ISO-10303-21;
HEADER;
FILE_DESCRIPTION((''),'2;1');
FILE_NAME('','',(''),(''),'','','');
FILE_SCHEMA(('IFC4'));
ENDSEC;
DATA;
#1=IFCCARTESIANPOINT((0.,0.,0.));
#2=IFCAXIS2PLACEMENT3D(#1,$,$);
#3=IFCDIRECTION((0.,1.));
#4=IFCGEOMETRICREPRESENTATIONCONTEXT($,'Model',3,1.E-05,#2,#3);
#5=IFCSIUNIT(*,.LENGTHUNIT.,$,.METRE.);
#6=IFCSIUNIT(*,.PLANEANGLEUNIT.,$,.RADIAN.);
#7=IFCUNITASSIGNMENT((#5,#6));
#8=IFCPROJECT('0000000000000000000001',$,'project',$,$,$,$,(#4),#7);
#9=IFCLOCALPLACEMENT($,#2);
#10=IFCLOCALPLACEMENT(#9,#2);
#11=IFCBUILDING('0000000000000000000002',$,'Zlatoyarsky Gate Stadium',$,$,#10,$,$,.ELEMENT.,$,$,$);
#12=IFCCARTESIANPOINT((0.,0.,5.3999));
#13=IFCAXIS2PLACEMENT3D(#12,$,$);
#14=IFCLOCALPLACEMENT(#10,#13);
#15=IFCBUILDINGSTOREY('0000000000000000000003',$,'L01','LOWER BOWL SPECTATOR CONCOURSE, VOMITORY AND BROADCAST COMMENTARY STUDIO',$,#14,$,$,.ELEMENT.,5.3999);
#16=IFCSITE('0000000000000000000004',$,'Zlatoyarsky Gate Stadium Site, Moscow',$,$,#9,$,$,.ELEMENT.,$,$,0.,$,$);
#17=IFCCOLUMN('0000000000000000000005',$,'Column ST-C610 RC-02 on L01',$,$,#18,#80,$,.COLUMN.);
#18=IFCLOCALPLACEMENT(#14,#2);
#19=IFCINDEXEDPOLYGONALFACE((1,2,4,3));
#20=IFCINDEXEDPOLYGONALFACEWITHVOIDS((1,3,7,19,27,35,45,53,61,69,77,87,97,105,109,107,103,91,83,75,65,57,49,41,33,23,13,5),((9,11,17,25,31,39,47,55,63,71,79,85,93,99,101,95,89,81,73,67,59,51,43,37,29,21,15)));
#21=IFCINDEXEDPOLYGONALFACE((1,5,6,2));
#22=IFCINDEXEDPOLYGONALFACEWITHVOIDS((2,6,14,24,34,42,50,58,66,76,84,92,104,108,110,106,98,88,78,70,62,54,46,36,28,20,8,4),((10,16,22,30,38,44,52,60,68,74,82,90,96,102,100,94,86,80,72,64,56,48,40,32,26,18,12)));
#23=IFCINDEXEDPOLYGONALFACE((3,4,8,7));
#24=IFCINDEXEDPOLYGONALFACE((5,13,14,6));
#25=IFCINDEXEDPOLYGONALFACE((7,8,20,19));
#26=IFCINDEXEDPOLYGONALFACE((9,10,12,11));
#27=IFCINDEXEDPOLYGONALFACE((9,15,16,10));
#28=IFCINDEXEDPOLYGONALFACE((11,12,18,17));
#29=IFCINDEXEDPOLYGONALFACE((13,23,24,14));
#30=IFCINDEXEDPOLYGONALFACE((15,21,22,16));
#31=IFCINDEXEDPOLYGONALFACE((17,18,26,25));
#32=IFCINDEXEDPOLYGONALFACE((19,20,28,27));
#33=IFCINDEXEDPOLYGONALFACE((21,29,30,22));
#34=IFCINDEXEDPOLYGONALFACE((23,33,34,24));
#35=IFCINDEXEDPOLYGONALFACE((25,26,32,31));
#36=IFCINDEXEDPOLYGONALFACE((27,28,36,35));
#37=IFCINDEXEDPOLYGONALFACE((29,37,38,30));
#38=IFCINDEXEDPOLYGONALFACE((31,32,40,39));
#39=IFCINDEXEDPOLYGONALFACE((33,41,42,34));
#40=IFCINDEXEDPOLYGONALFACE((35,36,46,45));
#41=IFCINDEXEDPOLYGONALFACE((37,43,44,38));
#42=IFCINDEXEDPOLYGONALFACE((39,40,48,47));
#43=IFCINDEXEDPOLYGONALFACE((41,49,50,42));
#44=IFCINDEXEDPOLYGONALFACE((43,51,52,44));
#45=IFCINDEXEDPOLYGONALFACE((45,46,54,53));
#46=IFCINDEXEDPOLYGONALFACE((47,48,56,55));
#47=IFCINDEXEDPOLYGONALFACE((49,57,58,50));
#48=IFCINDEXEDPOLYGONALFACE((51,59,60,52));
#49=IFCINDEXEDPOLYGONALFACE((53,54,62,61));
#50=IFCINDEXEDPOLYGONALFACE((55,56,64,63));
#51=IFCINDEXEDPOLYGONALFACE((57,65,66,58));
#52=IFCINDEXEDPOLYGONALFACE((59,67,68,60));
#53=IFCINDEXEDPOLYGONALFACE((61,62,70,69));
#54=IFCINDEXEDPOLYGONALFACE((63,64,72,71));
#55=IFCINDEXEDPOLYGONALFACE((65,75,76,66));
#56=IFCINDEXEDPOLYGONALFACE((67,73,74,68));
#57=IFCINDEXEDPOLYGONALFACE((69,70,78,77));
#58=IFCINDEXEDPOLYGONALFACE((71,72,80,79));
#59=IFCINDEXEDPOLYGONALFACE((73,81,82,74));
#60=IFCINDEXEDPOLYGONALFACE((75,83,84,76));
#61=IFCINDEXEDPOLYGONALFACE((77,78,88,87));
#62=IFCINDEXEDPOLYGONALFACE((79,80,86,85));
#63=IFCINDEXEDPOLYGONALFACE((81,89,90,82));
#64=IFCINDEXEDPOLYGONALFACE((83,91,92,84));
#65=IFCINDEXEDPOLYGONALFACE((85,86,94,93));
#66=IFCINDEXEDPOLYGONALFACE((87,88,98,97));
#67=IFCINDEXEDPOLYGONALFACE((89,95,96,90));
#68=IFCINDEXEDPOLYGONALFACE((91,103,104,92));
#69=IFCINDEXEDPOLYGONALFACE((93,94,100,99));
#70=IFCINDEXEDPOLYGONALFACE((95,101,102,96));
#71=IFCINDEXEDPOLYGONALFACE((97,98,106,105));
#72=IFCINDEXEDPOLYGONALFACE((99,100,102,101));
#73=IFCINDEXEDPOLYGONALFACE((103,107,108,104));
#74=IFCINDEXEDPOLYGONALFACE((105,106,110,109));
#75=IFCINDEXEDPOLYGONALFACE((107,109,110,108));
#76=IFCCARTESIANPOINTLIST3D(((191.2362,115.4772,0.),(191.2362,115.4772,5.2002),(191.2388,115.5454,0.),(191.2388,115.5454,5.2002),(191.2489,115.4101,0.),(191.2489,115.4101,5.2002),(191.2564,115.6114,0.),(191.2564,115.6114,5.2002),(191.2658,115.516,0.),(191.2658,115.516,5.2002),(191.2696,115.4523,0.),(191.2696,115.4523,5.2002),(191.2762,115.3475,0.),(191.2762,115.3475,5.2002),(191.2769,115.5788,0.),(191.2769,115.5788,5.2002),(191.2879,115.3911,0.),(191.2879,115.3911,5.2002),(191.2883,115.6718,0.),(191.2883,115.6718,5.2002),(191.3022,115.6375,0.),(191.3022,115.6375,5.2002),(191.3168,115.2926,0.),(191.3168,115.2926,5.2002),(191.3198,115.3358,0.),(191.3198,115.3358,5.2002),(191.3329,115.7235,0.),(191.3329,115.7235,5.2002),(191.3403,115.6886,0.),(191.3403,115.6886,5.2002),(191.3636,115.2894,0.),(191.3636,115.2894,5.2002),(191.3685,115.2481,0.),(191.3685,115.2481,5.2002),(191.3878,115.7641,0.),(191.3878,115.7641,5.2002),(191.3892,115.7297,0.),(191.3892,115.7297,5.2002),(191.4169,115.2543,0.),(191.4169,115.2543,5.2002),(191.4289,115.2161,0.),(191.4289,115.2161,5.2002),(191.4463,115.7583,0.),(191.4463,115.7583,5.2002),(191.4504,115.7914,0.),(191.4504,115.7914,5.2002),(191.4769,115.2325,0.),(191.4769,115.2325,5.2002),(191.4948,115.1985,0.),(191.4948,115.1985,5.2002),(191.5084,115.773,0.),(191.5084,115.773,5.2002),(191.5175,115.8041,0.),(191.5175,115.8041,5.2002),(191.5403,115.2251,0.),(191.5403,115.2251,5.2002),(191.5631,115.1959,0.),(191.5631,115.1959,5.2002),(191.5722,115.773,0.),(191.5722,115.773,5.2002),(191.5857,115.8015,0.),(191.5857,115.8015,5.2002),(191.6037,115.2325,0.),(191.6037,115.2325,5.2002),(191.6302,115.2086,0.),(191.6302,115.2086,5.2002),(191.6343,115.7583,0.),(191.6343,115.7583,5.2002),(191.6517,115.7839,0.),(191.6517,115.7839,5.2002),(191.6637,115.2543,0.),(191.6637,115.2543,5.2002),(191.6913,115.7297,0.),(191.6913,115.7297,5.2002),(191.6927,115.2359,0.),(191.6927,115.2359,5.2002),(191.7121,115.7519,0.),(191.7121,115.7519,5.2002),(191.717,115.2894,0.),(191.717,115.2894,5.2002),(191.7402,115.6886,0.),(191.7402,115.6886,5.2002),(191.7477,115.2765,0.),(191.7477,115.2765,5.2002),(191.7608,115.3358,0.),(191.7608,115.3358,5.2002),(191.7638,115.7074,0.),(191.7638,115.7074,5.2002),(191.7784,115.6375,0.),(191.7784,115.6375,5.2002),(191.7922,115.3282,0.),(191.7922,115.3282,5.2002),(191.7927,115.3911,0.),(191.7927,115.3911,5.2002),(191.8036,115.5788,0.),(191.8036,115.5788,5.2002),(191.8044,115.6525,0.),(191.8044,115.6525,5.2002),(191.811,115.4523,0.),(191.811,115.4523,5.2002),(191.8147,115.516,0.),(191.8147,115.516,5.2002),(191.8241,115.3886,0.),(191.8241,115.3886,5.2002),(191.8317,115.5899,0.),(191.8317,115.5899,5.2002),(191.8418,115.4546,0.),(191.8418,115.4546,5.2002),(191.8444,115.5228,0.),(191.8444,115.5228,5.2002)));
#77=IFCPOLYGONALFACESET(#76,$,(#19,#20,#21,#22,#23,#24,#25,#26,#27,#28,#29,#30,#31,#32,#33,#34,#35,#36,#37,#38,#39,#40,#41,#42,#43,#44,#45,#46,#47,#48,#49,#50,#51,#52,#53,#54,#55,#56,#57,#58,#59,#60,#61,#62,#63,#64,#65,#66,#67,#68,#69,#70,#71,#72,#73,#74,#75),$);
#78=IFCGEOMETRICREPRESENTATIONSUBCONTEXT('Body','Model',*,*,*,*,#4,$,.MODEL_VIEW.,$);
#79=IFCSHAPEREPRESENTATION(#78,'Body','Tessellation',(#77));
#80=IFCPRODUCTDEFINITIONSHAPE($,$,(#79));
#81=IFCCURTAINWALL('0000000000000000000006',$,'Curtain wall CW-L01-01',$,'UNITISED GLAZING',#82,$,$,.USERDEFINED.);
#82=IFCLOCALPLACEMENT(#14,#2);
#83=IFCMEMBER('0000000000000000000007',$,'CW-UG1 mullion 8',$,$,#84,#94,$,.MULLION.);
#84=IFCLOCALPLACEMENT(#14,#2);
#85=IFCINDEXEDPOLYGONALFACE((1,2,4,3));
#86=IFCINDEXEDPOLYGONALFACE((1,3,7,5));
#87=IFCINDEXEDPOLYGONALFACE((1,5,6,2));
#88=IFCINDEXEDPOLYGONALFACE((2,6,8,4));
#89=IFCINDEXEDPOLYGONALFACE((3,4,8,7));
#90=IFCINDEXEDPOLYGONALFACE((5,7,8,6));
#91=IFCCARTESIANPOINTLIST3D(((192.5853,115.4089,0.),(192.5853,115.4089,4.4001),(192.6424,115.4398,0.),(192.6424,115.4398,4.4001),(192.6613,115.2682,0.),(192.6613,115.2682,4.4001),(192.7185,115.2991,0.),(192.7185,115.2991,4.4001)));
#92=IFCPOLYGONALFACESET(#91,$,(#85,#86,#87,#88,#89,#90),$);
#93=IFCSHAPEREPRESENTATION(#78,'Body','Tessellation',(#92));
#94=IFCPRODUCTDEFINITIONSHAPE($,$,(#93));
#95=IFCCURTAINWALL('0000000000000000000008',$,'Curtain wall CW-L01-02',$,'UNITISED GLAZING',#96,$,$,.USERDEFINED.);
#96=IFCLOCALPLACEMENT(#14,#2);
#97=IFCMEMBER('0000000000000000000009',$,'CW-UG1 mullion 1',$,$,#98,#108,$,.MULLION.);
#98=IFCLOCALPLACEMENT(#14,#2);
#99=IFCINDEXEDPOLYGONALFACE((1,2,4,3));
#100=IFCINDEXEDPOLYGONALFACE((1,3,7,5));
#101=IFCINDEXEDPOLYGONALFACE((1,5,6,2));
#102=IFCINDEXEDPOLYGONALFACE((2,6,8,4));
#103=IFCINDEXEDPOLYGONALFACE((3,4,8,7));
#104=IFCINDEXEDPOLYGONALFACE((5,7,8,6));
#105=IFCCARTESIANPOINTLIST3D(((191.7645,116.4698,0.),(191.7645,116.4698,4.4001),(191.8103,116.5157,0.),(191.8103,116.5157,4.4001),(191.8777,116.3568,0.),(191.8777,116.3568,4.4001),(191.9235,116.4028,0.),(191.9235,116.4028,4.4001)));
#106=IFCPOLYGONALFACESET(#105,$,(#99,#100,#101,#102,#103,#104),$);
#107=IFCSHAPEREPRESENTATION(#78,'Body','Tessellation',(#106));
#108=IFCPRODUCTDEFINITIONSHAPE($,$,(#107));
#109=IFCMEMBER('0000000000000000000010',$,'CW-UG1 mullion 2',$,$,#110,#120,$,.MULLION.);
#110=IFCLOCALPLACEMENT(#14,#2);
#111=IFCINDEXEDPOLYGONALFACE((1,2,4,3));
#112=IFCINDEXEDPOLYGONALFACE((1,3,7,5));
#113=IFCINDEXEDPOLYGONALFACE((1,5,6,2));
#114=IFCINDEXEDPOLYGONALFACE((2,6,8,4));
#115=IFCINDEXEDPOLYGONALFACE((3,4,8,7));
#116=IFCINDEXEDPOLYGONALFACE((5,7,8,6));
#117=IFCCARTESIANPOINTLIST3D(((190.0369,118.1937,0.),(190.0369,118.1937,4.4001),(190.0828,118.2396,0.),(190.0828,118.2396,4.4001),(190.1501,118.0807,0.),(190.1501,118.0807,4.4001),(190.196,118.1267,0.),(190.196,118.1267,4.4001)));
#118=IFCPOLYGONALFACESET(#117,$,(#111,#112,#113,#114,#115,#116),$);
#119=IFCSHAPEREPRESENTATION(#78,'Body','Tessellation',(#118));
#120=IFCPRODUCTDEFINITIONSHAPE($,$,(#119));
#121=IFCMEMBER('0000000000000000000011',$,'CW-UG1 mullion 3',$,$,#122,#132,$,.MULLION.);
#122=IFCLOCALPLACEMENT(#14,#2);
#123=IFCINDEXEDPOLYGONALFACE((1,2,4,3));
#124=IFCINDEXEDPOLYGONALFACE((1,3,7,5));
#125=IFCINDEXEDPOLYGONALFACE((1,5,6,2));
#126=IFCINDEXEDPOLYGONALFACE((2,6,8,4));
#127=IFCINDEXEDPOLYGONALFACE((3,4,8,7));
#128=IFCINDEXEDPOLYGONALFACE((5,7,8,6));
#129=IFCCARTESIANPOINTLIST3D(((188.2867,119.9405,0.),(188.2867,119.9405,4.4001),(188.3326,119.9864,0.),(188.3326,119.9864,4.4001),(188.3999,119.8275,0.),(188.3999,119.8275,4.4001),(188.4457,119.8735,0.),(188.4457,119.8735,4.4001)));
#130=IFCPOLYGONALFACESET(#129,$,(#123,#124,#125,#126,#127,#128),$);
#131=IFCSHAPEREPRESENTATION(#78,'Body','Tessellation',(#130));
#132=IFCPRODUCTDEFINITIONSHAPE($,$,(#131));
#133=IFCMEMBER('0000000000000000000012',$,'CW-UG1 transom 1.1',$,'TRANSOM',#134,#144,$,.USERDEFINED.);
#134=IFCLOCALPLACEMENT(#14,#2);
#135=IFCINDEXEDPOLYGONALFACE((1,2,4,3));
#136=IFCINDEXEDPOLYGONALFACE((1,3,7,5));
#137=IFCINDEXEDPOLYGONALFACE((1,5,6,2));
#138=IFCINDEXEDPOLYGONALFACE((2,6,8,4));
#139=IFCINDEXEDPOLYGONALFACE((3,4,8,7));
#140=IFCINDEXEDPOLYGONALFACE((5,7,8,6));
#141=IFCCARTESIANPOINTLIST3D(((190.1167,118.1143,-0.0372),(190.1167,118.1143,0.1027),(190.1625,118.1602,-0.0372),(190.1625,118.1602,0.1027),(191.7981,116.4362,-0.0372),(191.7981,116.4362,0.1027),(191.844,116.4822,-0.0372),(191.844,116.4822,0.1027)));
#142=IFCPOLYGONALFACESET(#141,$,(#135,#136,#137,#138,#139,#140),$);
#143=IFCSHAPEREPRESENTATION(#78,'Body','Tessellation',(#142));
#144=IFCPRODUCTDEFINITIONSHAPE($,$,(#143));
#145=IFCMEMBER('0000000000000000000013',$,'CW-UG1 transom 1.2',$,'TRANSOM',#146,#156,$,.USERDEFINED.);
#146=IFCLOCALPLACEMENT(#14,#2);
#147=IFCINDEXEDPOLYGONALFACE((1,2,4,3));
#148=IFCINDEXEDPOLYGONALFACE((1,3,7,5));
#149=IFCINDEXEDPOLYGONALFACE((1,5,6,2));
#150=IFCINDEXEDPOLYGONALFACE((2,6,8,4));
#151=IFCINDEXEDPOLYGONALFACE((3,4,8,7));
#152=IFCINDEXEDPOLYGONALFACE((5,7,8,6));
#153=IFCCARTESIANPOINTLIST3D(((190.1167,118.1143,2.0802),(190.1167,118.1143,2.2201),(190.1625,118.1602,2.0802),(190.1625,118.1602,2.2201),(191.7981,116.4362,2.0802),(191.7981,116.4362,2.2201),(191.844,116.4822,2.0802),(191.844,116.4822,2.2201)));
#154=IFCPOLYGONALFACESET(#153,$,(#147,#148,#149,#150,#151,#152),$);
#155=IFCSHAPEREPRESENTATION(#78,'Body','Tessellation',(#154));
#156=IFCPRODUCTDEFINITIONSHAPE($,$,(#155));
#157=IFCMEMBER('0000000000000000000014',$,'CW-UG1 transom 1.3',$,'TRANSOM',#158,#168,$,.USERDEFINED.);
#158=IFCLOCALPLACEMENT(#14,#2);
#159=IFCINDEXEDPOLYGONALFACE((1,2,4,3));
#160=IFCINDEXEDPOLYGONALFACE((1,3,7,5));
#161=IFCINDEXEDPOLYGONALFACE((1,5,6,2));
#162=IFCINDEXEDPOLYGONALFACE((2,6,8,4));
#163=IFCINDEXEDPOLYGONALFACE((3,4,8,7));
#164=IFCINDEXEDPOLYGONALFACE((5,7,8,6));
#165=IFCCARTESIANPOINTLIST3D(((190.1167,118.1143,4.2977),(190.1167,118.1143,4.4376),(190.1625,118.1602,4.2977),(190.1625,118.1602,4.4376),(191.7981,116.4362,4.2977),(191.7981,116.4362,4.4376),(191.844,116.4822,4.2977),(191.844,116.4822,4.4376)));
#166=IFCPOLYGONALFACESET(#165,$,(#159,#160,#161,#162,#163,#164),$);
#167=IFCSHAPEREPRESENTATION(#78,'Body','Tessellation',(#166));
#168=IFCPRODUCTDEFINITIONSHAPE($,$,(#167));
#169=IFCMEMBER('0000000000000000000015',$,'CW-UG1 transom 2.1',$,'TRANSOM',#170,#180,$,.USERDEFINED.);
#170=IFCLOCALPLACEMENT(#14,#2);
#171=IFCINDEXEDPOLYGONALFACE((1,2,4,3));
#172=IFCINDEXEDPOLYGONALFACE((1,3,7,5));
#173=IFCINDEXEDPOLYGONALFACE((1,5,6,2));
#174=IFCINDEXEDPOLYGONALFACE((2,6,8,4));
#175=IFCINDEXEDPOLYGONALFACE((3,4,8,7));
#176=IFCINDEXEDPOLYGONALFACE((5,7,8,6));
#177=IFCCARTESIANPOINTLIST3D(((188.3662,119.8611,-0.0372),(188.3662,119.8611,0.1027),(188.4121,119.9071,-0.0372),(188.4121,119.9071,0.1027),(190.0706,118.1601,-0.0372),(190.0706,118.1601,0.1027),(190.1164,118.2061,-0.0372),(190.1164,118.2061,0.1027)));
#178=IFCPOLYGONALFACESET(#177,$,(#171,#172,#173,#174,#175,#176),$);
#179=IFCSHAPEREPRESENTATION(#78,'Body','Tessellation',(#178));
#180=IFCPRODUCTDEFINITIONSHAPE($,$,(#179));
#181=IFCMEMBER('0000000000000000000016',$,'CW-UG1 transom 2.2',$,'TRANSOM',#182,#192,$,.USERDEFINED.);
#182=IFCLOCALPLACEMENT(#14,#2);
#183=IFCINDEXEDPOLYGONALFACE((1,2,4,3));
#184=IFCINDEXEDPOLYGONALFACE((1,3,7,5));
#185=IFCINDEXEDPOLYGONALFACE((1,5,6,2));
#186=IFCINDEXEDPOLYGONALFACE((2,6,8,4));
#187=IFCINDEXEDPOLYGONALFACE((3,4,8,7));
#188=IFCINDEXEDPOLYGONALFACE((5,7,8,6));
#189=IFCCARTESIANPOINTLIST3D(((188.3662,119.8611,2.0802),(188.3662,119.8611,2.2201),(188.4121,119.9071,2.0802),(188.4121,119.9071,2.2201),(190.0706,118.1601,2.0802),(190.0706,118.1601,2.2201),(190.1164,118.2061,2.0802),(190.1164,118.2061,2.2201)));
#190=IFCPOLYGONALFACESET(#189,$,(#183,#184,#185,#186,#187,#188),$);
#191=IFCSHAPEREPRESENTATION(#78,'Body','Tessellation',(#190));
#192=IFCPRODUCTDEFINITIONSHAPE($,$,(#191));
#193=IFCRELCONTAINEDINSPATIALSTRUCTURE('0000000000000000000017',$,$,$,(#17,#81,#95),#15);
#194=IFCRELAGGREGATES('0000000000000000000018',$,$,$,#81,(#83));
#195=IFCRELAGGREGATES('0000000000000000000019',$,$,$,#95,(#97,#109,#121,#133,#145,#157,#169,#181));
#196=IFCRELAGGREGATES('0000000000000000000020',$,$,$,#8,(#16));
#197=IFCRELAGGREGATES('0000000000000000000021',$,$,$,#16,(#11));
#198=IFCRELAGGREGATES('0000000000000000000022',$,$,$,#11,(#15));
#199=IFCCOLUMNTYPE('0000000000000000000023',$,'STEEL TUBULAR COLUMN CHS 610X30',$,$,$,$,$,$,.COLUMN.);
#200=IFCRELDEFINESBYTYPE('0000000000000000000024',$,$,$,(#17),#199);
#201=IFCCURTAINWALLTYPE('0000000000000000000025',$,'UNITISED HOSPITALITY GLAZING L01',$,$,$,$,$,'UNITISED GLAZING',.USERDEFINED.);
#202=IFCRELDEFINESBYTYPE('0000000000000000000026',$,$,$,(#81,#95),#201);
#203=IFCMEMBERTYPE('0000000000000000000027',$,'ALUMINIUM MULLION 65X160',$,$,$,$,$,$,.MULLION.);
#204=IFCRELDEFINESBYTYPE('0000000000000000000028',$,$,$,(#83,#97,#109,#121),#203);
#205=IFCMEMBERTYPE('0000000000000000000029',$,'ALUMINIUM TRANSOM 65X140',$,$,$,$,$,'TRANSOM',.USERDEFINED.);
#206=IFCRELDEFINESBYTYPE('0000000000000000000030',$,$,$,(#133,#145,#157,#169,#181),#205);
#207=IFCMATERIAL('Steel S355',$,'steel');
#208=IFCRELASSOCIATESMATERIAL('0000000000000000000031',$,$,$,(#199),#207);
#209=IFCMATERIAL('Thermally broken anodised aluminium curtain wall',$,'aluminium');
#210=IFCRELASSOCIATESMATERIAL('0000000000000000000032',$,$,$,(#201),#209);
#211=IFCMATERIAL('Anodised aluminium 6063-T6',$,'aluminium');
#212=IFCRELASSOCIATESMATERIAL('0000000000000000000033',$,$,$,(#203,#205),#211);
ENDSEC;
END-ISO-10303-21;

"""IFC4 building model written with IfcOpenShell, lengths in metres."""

from ifc_helpers import new_model, si_unit, direction, frame, origin, origin_2d, place, context, subcontext, project, spatial, rectangle, hollow_circle, extrude, material, material_profile, profile_set, type_object, element, aggregate, save


model = new_model("IFC4")

# Units and contexts
model_context = context("Model", 3, precision=1e-05, world=origin(), true_north=direction((0.0, 1.0)))
body_context = subcontext(model_context, "Body", "Model", "MODEL_VIEW")
ifc_project = project(units=[si_unit("LENGTHUNIT", "METRE"), si_unit("PLANEANGLEUNIT", "RADIAN")], contexts=[model_context])

# Site, building, storey
site_placement = place(None, origin())
site = spatial("IfcSite", under=ifc_project, at=site_placement, Name="Zlatoyarsky Gate Stadium Site, Moscow", CompositionType="ELEMENT", RefElevation=0.0)
building_placement = place(site_placement, origin())
building = spatial("IfcBuilding", under=site, at=building_placement, Name="Zlatoyarsky Gate Stadium", CompositionType="ELEMENT")
storey_placement = place(building_placement, frame((0.0, 0.0, 5.3999)))
storey = spatial("IfcBuildingStorey", under=building, at=storey_placement, Name="L01", Description="LOWER BOWL SPECTATOR CONCOURSE, VOMITORY AND BROADCAST COMMENTARY STUDIO", CompositionType="ELEMENT", Elevation=5.3999)

# Column
ifc_material_1 = material(Name="Steel S355", Category="steel")
ifc_material_profile_1 = material_profile(ifc_material_1, hollow_circle(Radius=0.3049, WallThickness=0.03, at=origin_2d()), Name="CHS 610X30")
ifc_profile_set_1 = profile_set([ifc_material_profile_1], Name="Steel S355")
column_type = type_object("IfcColumnType", Name="STEEL TUBULAR COLUMN CHS 610X30", PredefinedType="COLUMN", material=ifc_profile_set_1)
column_placement = place(storey_placement, frame((191.5403, 115.5, 0.0), z_axis=(0.0, 0.0, 1.0), x_axis=(0.866025, 0.5, 0.0)))
element("IfcColumn", 1, at=column_placement, inside=storey, type_object=column_type, Name="Column ST-C610 RC-02 on L01", PredefinedType="COLUMN", context=body_context, shape_type="SweptSolid", body=[
    extrude(hollow_circle(Radius=0.3049, WallThickness=0.03, at=origin_2d()), origin(), (0.0, 0.0, 1.0), 5.2002),
])

# Curtain wall, member
ifc_material_2 = material(Name="Thermally broken anodised aluminium curtain wall", Category="aluminium")
curtain_wall_type = type_object("IfcCurtainWallType", Name="UNITISED HOSPITALITY GLAZING L01", ElementType="UNITISED GLAZING", PredefinedType="USERDEFINED", material=ifc_material_2)
curtain_wall_1_placement = place(storey_placement, origin())
curtain_wall_1 = element("IfcCurtainWall", 2, at=curtain_wall_1_placement, inside=storey, type_object=curtain_wall_type, Name="Curtain wall CW-L01-01", ObjectType="UNITISED GLAZING", PredefinedType="USERDEFINED")
ifc_material_3 = material(Name="Anodised aluminium 6063-T6", Category="aluminium")
ifc_material_profile_2 = material_profile(ifc_material_3, rectangle(XDim=0.0649, YDim=0.1599, at=origin_2d()), Name="ALU 65X160")
ifc_profile_set_2 = profile_set([ifc_material_profile_2], Name="Anodised aluminium 6063-T6")
member_type_1 = type_object("IfcMemberType", Name="ALUMINIUM MULLION 65X160", PredefinedType="MULLION", material=ifc_profile_set_2)
member_1_placement = place(storey_placement, frame((192.6519, 115.354, 0.0), z_axis=(0.0, 0.0, 1.0), x_axis=(-0.879562, -0.475784, 0.0)))
member_1 = element("IfcMember", 3, at=member_1_placement, type_object=member_type_1, Name="CW-UG1 mullion 8", PredefinedType="MULLION", context=body_context, shape_type="SweptSolid", body=[
    extrude(rectangle(XDim=0.0649, YDim=0.1599, at=origin_2d()), origin(), (0.0, 0.0, 1.0), 4.4001),
])
aggregate(curtain_wall_1, [member_1])

# Curtain wall, members
curtain_wall_2_placement = place(storey_placement, origin())
curtain_wall_2 = element("IfcCurtainWall", 4, at=curtain_wall_2_placement, inside=storey, type_object=curtain_wall_type, Name="Curtain wall CW-L01-02", ObjectType="UNITISED GLAZING", PredefinedType="USERDEFINED")
member_2_placement = place(storey_placement, frame((191.844, 116.4363, 0.0), z_axis=(0.0, 0.0, 1.0), x_axis=(-0.706371, -0.707842, 0.0)))
member_2 = element("IfcMember", 5, at=member_2_placement, type_object=member_type_1, Name="CW-UG1 mullion 1", PredefinedType="MULLION", context=body_context, shape_type="SweptSolid", body=[
    extrude(rectangle(XDim=0.0649, YDim=0.1599, at=origin_2d()), origin(), (0.0, 0.0, 1.0), 4.4001),
])
member_3_placement = place(storey_placement, frame((190.1165, 118.1602, 0.0), z_axis=(0.0, 0.0, 1.0), x_axis=(-0.706371, -0.707842, 0.0)))
member_3 = element("IfcMember", 6, at=member_3_placement, type_object=member_type_1, Name="CW-UG1 mullion 2", PredefinedType="MULLION", context=body_context, shape_type="SweptSolid", body=[
    extrude(rectangle(XDim=0.0649, YDim=0.1599, at=origin_2d()), origin(), (0.0, 0.0, 1.0), 4.4001),
])
member_4_placement = place(storey_placement, frame((188.3662, 119.907, 0.0), z_axis=(0.0, 0.0, 1.0), x_axis=(-0.706371, -0.707842, 0.0)))
member_4 = element("IfcMember", 7, at=member_4_placement, type_object=member_type_1, Name="CW-UG1 mullion 3", PredefinedType="MULLION", context=body_context, shape_type="SweptSolid", body=[
    extrude(rectangle(XDim=0.0649, YDim=0.1599, at=origin_2d()), origin(), (0.0, 0.0, 1.0), 4.4001),
])
ifc_material_profile_3 = material_profile(ifc_material_3, rectangle(XDim=0.0649, YDim=0.1399, at=origin_2d()), Name="ALU 65X140")
ifc_profile_set_3 = profile_set([ifc_material_profile_3], Name="Anodised aluminium 6063-T6")
member_type_2 = type_object("IfcMemberType", Name="ALUMINIUM TRANSOM 65X140", ElementType="TRANSOM", PredefinedType="USERDEFINED", material=ifc_profile_set_3)
member_5_placement = place(storey_placement, frame((191.821, 116.4592, 0.0327), z_axis=(-0.707826, 0.706387, 0.0), x_axis=(-0.706387, -0.707826, 0.0)))
member_5 = element("IfcMember", 8, at=member_5_placement, type_object=member_type_2, Name="CW-UG1 transom 1.1", ObjectType="TRANSOM", PredefinedType="USERDEFINED", context=body_context, shape_type="SweptSolid", body=[
    extrude(rectangle(XDim=0.0649, YDim=0.1399, at=origin_2d()), origin(), (0.0, 0.0, 1.0), 2.3755),
])
member_6_placement = place(storey_placement, frame((191.821, 116.4592, 2.1501), z_axis=(-0.707826, 0.706387, 0.0), x_axis=(-0.706387, -0.707826, 0.0)))
member_6 = element("IfcMember", 9, at=member_6_placement, type_object=member_type_2, Name="CW-UG1 transom 1.2", ObjectType="TRANSOM", PredefinedType="USERDEFINED", context=body_context, shape_type="SweptSolid", body=[
    extrude(rectangle(XDim=0.0649, YDim=0.1399, at=origin_2d()), origin(), (0.0, 0.0, 1.0), 2.3755),
])
member_7_placement = place(storey_placement, frame((191.821, 116.4592, 4.3677), z_axis=(-0.707826, 0.706387, 0.0), x_axis=(-0.706387, -0.707826, 0.0)))
member_7 = element("IfcMember", 10, at=member_7_placement, type_object=member_type_2, Name="CW-UG1 transom 1.3", ObjectType="TRANSOM", PredefinedType="USERDEFINED", context=body_context, shape_type="SweptSolid", body=[
    extrude(rectangle(XDim=0.0649, YDim=0.1399, at=origin_2d()), origin(), (0.0, 0.0, 1.0), 2.3755),
])
member_8_placement = place(storey_placement, frame((190.0935, 118.1831, 0.0327), z_axis=(-0.707816, 0.706397, 0.0), x_axis=(-0.706397, -0.707816, 0.0)))
member_8 = element("IfcMember", 11, at=member_8_placement, type_object=member_type_2, Name="CW-UG1 transom 2.1", ObjectType="TRANSOM", PredefinedType="USERDEFINED", context=body_context, shape_type="SweptSolid", body=[
    extrude(rectangle(XDim=0.0649, YDim=0.1399, at=origin_2d()), origin(), (0.0, 0.0, 1.0), 2.408),
])
member_9_placement = place(storey_placement, frame((190.0935, 118.1831, 2.1501), z_axis=(-0.707816, 0.706397, 0.0), x_axis=(-0.706397, -0.707816, 0.0)))
member_9 = element("IfcMember", 12, at=member_9_placement, type_object=member_type_2, Name="CW-UG1 transom 2.2", ObjectType="TRANSOM", PredefinedType="USERDEFINED", context=body_context, shape_type="SweptSolid", body=[
    extrude(rectangle(XDim=0.0649, YDim=0.1399, at=origin_2d()), origin(), (0.0, 0.0, 1.0), 2.408),
])

aggregate(curtain_wall_2, [member_2, member_3, member_4, member_5, member_6, member_7, member_8, member_9])

save(model, "model.ifc")
